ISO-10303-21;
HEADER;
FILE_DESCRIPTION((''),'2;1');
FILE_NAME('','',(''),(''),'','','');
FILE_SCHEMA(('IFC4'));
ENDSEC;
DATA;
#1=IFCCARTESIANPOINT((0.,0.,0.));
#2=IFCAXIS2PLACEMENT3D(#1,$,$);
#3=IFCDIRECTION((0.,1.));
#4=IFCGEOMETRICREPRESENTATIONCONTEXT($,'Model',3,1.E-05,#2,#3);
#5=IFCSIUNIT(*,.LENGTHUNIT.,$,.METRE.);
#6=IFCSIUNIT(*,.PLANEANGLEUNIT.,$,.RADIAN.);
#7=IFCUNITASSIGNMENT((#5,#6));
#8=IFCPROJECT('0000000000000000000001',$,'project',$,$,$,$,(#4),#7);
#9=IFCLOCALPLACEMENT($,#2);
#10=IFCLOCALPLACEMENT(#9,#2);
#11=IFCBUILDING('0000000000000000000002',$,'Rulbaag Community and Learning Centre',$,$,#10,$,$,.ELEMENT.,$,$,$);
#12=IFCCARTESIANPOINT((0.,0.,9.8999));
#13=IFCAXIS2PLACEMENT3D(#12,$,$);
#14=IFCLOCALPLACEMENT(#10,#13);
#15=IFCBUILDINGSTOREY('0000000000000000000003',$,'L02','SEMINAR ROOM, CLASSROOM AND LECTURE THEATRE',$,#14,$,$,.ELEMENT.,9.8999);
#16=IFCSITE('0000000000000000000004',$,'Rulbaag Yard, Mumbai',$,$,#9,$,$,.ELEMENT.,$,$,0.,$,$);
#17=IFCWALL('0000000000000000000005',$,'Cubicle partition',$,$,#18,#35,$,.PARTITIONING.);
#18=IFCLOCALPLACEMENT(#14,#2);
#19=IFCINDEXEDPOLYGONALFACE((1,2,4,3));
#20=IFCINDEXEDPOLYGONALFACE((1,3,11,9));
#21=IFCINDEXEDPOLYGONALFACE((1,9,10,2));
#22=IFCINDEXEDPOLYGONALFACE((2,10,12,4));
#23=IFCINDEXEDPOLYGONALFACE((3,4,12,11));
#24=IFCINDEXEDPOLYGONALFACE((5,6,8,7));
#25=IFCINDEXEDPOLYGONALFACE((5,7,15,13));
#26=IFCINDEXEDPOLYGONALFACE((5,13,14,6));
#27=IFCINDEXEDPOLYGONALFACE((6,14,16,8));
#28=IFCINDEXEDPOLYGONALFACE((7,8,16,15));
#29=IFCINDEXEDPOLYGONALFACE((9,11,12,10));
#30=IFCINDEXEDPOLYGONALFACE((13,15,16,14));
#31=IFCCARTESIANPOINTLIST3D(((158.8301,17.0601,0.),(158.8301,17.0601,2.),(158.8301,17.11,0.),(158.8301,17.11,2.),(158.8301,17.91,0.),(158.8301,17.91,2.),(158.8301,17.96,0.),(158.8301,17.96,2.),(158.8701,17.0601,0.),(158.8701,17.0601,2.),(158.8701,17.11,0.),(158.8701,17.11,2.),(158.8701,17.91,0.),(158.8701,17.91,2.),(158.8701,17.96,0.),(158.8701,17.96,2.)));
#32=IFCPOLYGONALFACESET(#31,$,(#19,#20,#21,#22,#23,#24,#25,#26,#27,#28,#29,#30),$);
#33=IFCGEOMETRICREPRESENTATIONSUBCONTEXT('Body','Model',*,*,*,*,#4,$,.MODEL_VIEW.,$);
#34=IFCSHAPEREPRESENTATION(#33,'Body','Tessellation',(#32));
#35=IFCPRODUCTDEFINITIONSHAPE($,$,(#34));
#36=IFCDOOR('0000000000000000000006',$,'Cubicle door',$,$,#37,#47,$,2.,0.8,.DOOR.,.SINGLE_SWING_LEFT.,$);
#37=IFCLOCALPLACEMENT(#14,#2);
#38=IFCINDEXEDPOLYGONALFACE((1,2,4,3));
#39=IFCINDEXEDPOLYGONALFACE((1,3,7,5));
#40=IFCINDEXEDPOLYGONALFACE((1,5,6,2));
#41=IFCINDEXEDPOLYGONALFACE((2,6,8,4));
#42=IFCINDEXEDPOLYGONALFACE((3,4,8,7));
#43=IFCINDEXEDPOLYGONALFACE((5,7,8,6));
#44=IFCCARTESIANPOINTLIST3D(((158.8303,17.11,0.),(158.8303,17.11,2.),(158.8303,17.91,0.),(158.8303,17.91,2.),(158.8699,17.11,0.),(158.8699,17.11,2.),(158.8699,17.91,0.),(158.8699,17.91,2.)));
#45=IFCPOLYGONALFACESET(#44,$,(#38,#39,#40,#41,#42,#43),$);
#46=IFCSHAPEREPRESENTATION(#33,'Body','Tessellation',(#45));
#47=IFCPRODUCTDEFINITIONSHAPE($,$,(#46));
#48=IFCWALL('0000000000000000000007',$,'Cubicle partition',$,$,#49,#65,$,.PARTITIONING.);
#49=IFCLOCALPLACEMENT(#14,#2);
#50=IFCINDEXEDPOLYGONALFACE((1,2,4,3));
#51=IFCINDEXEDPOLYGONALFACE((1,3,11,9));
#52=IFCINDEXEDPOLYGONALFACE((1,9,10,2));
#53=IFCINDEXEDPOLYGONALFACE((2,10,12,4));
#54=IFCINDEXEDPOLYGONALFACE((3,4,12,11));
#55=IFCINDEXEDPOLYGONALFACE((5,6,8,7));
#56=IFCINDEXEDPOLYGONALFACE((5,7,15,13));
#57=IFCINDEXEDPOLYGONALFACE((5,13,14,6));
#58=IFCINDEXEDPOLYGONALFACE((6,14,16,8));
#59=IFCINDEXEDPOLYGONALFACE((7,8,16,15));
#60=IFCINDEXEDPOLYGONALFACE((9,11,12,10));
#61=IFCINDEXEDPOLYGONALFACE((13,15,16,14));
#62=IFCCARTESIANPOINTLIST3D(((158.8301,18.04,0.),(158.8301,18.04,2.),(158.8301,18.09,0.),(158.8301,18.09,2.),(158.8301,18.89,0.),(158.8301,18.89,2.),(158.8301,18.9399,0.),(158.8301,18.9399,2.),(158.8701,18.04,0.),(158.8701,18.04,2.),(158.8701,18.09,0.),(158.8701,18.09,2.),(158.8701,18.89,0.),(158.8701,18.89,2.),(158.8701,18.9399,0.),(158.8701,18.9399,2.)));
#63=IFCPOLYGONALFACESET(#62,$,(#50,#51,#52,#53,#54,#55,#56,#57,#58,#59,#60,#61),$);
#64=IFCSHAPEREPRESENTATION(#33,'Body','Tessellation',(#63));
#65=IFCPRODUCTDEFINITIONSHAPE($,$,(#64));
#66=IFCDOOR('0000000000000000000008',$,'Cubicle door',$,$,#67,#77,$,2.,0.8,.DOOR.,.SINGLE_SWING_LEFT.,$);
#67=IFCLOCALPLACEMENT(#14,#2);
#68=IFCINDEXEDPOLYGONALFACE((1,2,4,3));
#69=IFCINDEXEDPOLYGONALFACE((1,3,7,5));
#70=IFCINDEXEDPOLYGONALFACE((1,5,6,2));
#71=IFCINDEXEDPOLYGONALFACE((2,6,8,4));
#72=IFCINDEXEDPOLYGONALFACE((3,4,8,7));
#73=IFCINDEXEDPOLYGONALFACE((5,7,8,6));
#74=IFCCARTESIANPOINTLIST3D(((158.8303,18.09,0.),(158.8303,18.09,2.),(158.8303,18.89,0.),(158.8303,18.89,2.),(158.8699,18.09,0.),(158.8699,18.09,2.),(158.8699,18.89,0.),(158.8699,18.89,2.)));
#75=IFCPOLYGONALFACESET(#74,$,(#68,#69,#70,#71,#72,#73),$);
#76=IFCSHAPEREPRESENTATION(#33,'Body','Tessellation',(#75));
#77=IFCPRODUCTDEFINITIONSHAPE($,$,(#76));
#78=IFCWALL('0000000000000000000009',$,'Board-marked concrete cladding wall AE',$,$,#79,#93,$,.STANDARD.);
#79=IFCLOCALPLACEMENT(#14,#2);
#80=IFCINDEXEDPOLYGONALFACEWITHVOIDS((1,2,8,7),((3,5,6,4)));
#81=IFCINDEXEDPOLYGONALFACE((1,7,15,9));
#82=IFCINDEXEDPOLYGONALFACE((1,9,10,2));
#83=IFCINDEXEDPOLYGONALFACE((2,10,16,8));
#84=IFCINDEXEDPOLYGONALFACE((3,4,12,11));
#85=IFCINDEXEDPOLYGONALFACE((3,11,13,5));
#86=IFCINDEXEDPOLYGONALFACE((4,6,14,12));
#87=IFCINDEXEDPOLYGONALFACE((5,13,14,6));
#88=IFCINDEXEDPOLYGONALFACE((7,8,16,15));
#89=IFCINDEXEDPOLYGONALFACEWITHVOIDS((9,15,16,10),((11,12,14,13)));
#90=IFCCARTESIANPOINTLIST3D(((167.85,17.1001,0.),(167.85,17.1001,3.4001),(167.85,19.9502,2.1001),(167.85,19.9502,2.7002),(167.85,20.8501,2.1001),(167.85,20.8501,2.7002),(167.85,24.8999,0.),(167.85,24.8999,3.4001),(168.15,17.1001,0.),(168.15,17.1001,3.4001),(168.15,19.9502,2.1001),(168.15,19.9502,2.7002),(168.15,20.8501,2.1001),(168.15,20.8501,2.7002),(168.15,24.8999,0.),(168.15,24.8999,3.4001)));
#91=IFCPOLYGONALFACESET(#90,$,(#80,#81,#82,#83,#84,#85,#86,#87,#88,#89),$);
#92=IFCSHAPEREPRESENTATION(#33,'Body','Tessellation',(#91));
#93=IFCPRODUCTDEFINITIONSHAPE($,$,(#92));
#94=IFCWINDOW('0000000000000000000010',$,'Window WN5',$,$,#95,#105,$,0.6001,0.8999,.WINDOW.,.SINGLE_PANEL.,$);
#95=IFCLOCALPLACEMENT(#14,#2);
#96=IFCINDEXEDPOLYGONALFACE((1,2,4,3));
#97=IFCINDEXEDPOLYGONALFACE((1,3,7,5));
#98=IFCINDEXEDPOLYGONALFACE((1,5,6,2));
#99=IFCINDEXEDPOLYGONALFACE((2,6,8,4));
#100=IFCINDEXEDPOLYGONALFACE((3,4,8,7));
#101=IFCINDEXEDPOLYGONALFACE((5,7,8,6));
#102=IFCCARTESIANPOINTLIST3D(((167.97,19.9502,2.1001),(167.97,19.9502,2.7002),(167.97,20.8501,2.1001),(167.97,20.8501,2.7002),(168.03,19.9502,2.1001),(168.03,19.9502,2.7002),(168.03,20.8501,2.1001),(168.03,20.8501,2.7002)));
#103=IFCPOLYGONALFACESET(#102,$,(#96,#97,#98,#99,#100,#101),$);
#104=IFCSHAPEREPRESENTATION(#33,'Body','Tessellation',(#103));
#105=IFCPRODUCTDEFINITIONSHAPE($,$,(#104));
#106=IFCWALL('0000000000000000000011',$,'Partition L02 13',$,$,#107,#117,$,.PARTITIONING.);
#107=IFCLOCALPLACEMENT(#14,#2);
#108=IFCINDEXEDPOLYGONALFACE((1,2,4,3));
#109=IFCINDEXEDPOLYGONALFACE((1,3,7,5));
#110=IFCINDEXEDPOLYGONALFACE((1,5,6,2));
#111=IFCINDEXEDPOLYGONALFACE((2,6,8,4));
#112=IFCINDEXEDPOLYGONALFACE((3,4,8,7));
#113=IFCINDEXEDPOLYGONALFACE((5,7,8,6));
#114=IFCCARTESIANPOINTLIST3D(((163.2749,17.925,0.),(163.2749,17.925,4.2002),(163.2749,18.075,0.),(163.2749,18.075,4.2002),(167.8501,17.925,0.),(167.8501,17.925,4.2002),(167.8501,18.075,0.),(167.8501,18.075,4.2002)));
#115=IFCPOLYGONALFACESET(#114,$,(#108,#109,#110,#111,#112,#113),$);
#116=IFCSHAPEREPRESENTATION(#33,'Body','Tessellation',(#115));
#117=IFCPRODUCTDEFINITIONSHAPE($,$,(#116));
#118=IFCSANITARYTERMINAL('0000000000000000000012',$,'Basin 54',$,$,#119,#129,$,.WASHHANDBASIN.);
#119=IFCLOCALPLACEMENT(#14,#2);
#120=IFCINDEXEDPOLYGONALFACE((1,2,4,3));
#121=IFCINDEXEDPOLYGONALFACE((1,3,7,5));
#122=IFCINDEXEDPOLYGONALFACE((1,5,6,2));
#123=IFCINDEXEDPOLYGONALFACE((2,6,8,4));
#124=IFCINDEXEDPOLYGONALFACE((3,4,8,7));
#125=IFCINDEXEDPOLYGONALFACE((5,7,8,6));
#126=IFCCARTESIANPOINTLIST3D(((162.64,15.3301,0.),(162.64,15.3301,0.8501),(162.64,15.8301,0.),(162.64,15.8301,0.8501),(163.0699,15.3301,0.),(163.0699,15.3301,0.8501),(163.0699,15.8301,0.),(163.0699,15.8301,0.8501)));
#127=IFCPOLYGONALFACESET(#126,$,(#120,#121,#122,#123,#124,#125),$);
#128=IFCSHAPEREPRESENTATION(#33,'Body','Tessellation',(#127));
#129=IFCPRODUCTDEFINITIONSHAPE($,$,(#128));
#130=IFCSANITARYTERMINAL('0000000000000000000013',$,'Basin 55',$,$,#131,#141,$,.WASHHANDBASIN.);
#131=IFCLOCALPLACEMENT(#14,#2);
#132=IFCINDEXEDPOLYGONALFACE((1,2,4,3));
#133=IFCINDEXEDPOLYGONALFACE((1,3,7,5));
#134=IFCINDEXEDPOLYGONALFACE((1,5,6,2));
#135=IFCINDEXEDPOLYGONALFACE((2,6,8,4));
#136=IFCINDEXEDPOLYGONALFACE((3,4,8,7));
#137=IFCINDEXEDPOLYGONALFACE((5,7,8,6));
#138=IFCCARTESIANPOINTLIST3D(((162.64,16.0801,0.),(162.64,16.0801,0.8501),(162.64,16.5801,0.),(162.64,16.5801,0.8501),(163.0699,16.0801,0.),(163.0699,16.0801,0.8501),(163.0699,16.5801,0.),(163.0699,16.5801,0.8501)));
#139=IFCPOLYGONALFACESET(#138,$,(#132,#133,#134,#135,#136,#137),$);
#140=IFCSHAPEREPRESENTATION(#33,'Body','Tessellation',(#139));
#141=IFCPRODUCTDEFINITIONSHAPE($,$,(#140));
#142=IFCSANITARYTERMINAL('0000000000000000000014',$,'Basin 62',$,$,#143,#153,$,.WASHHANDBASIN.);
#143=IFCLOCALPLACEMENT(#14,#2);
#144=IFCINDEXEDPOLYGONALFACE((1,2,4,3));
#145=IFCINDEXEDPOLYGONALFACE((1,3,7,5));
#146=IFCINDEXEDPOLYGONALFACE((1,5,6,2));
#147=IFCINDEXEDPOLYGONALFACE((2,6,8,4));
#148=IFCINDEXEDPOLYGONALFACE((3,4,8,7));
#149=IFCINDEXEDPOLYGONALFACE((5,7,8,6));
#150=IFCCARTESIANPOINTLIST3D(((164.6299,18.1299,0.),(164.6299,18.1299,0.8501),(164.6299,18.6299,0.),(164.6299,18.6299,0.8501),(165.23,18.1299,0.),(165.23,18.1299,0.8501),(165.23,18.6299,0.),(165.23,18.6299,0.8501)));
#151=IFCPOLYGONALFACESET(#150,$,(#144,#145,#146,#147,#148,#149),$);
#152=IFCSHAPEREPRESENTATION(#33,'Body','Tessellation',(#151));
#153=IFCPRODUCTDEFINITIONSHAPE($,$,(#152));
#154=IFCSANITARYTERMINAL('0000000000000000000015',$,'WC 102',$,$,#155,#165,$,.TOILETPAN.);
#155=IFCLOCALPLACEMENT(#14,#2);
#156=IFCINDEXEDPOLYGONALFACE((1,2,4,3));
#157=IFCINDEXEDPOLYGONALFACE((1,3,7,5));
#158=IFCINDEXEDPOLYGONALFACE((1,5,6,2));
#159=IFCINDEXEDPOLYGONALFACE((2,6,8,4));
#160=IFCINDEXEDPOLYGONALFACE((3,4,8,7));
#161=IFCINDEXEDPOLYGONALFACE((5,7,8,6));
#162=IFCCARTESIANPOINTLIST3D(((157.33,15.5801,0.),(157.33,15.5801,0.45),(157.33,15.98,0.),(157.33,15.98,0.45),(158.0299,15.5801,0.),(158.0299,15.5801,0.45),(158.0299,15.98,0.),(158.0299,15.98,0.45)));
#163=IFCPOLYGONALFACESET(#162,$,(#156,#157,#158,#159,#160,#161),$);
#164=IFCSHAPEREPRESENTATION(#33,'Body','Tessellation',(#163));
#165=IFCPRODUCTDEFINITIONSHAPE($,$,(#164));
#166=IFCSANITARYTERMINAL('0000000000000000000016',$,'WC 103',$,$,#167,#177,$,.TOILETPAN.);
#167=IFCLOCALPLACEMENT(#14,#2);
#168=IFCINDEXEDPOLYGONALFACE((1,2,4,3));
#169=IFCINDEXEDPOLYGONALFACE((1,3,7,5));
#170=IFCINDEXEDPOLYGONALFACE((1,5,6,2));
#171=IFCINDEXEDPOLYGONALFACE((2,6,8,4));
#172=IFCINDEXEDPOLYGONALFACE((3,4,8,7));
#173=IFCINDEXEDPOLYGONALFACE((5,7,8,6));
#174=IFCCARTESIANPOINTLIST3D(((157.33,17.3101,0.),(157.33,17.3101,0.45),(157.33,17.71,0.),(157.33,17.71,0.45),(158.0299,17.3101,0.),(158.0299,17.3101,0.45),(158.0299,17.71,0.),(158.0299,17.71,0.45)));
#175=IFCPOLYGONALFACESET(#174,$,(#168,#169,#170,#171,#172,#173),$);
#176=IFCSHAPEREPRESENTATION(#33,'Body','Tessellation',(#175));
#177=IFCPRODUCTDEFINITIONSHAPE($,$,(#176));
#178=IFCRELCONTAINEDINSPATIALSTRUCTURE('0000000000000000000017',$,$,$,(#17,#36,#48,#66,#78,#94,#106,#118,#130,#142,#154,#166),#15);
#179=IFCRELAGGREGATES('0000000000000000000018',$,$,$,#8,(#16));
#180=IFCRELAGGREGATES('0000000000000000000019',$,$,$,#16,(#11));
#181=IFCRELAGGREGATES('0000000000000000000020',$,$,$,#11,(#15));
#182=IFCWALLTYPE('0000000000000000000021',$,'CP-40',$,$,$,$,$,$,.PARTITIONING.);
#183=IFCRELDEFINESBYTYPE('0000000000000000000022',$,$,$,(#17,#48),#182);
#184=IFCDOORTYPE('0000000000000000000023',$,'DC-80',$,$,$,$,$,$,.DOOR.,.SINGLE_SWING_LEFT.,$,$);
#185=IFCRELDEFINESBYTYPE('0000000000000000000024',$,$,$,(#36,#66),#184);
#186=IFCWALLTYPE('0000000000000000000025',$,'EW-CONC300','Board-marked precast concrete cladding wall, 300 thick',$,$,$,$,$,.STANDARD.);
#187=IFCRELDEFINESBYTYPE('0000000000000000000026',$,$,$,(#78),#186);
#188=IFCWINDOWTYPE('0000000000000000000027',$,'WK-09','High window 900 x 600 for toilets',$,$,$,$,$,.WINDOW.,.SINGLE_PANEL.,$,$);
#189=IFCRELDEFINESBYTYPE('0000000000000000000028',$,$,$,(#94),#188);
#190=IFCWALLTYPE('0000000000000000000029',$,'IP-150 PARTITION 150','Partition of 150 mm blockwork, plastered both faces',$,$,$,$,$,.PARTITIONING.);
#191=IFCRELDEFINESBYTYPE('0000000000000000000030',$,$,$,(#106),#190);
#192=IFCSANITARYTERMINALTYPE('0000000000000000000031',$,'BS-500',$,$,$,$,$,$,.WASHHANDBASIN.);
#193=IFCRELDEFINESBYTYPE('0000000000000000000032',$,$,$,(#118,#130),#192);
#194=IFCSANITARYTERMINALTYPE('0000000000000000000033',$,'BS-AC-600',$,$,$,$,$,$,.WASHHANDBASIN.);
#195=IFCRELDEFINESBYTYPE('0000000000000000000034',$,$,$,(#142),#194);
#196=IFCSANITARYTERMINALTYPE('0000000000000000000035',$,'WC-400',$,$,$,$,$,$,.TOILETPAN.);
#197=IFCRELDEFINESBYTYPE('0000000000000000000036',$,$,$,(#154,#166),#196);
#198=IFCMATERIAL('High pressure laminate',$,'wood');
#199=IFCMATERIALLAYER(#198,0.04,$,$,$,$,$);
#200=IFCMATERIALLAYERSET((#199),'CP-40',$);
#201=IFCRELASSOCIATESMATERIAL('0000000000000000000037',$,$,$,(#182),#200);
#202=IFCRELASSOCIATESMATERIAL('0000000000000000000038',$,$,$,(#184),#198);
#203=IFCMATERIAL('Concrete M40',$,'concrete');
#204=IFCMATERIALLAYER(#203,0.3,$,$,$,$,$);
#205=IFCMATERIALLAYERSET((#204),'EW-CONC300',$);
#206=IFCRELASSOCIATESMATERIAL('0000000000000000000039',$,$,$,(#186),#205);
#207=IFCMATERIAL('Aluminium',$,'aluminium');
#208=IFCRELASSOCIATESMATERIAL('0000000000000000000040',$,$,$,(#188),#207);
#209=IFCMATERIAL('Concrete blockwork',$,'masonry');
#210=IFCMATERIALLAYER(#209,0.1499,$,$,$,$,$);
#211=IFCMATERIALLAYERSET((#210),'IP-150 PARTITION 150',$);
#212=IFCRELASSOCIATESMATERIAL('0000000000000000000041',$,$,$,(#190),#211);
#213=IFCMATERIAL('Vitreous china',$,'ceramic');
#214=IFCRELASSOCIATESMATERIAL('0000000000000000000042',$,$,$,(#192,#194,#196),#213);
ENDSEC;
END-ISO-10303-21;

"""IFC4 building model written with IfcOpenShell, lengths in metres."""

from ifc_helpers import new_model, si_unit, direction, frame, frame_2d, origin, origin_2d, place, context, subcontext, project, spatial, rectangle, extrude, material, layer, layer_set, type_object, element, fill, save


model = new_model("IFC4")

# Units and contexts
model_context = context("Model", 3, precision=1e-05, world=origin(), true_north=direction((0.0, 1.0)))
body_context = subcontext(model_context, "Body", "Model", "MODEL_VIEW")
ifc_project = project(units=[si_unit("LENGTHUNIT", "METRE"), si_unit("PLANEANGLEUNIT", "RADIAN")], contexts=[model_context])

# Site, building, storey
site_placement = place(None, origin())
site = spatial("IfcSite", under=ifc_project, at=site_placement, Name="Rulbaag Yard, Mumbai", CompositionType="ELEMENT", RefElevation=0.0)
building_placement = place(site_placement, origin())
building = spatial("IfcBuilding", under=site, at=building_placement, Name="Rulbaag Community and Learning Centre", CompositionType="ELEMENT")
storey_placement = place(building_placement, frame((0.0, 0.0, 9.8999)))
storey = spatial("IfcBuildingStorey", under=building, at=storey_placement, Name="L02", Description="SEMINAR ROOM, CLASSROOM AND LECTURE THEATRE", CompositionType="ELEMENT", Elevation=9.8999)

# Shared definitions
ifc_material_1 = material(Name="Concrete M40", Category="concrete")

# Shared definitions
ifc_material_2 = material(Name="Aluminium", Category="aluminium")

# Walls, openings, doors
ifc_material_3 = material(Name="High pressure laminate", Category="wood")
ifc_layer_1 = layer(ifc_material_3, 0.04)
ifc_layer_set_1 = layer_set([ifc_layer_1], Name="CP-40")
wall_type_1 = type_object("IfcWallType", Name="CP-40", PredefinedType="PARTITIONING", material=ifc_layer_set_1)
door_type = type_object("IfcDoorType", Name="DC-80", OperationType="SINGLE_SWING_LEFT", PredefinedType="DOOR", material=ifc_material_3)
wall_1_placement = place(storey_placement, frame((158.8501, 17.0601, 0.0), z_axis=(0.0, 0.0, 1.0), x_axis=(0.0, 1.0, 0.0)))
wall_1 = element("IfcWall", 1, at=wall_1_placement, inside=storey, type_object=wall_type_1, Name="Cubicle partition", PredefinedType="PARTITIONING", context=body_context, shape_type="SweptSolid", body=[
    extrude(rectangle(XDim=0.8999, YDim=0.04, at=frame_2d((0.45, 0.0))), origin(), (0.0, 0.0, 1.0), 2.0),
])
opening_1_placement = place(wall_1_placement, frame((0.05, 0.0, 0.0)))
opening_1 = element("IfcOpeningElement", 2, at=opening_1_placement, cuts=wall_1, PredefinedType="OPENING", context=body_context, shape_type="SweptSolid", body=[
    extrude(rectangle(XDim=0.8, YDim=2.0, at=frame_2d((0.3999, 1.0))), frame((0.0, 0.03, 0.0), z_axis=(0.0, -1.0, 0.0), x_axis=(1.0, 0.0, 0.0)), (0.0, 0.0, 1.0), 0.0601),
])
door_1_placement = place(opening_1_placement, origin())
door_1 = element("IfcDoor", 3, at=door_1_placement, inside=storey, type_object=door_type, Name="Cubicle door", OperationType="SINGLE_SWING_LEFT", OverallHeight=2.0, OverallWidth=0.8, PredefinedType="DOOR", context=body_context, shape_type="SweptSolid", body=[
    extrude(rectangle(XDim=0.8, YDim=2.0, at=frame_2d((0.3999, 1.0))), frame((0.0, 0.0198, 0.0), z_axis=(0.0, -1.0, 0.0), x_axis=(1.0, 0.0, 0.0)), (0.0, 0.0, 1.0), 0.0396),
])
fill(opening_1, door_1)
wall_2_placement = place(storey_placement, frame((158.8501, 18.04, 0.0), z_axis=(0.0, 0.0, 1.0), x_axis=(0.0, 1.0, 0.0)))
wall_2 = element("IfcWall", 4, at=wall_2_placement, inside=storey, type_object=wall_type_1, Name="Cubicle partition", PredefinedType="PARTITIONING", context=body_context, shape_type="SweptSolid", body=[
    extrude(rectangle(XDim=0.8999, YDim=0.04, at=frame_2d((0.45, 0.0))), origin(), (0.0, 0.0, 1.0), 2.0),
])
opening_2_placement = place(wall_2_placement, frame((0.05, 0.0, 0.0)))
opening_2 = element("IfcOpeningElement", 5, at=opening_2_placement, cuts=wall_2, PredefinedType="OPENING", context=body_context, shape_type="SweptSolid", body=[
    extrude(rectangle(XDim=0.8, YDim=2.0, at=frame_2d((0.3999, 1.0))), frame((0.0, 0.03, 0.0), z_axis=(0.0, -1.0, 0.0), x_axis=(1.0, 0.0, 0.0)), (0.0, 0.0, 1.0), 0.0601),
])
door_2_placement = place(opening_2_placement, origin())
door_2 = element("IfcDoor", 6, at=door_2_placement, inside=storey, type_object=door_type, Name="Cubicle door", OperationType="SINGLE_SWING_LEFT", OverallHeight=2.0, OverallWidth=0.8, PredefinedType="DOOR", context=body_context, shape_type="SweptSolid", body=[
    extrude(rectangle(XDim=0.8, YDim=2.0, at=frame_2d((0.3999, 1.0))), frame((0.0, 0.0198, 0.0), z_axis=(0.0, -1.0, 0.0), x_axis=(1.0, 0.0, 0.0)), (0.0, 0.0, 1.0), 0.0396),
])
fill(opening_2, door_2)

# Wall, opening, window
ifc_layer_2 = layer(ifc_material_1, 0.3)
ifc_layer_set_2 = layer_set([ifc_layer_2], Name="EW-CONC300")
wall_type_2 = type_object("IfcWallType", Name="EW-CONC300", Description="Board-marked precast concrete cladding wall, 300 thick", PredefinedType="STANDARD", material=ifc_layer_set_2)
wall_3_placement = place(storey_placement, frame((168.0, 17.1001, 0.0), z_axis=(0.0, 0.0, 1.0), x_axis=(0.0, 1.0, 0.0)))
wall_3 = element("IfcWall", 7, at=wall_3_placement, inside=storey, type_object=wall_type_2, Name="Board-marked concrete cladding wall AE", PredefinedType="STANDARD", context=body_context, shape_type="SweptSolid", body=[
    extrude(rectangle(XDim=7.7998, YDim=0.3, at=frame_2d((3.8999, 0.0))), origin(), (0.0, 0.0, 1.0), 3.4001),
])
opening_3_placement = place(wall_3_placement, frame((2.8501, 0.0, 2.1001)))
opening_3 = element("IfcOpeningElement", 8, at=opening_3_placement, cuts=wall_3, PredefinedType="OPENING", context=body_context, shape_type="SweptSolid", body=[
    extrude(rectangle(XDim=0.8999, YDim=0.6001, at=frame_2d((0.45, 0.3))), frame((0.0, 0.1599, 0.0), z_axis=(0.0, -1.0, 0.0), x_axis=(1.0, 0.0, 0.0)), (0.0, 0.0, 1.0), 0.3201),
])
window_type = type_object("IfcWindowType", Name="WK-09", Description="High window 900 x 600 for toilets", PartitioningType="SINGLE_PANEL", PredefinedType="WINDOW", material=ifc_material_2)
window_placement = place(opening_3_placement, origin())
window = element("IfcWindow", 9, at=window_placement, inside=storey, type_object=window_type, Name="Window WN5", OverallHeight=0.6001, OverallWidth=0.8999, PartitioningType="SINGLE_PANEL", PredefinedType="WINDOW", context=body_context, shape_type="SweptSolid", body=[
    extrude(rectangle(XDim=0.8999, YDim=0.6001, at=frame_2d((0.45, 0.3))), frame((0.0, 0.03, 0.0), z_axis=(0.0, -1.0, 0.0), x_axis=(1.0, 0.0, 0.0)), (0.0, 0.0, 1.0), 0.0601),
])
fill(opening_3, window)

# Wall
ifc_material_4 = material(Name="Concrete blockwork", Category="masonry")
ifc_layer_3 = layer(ifc_material_4, 0.1499)
ifc_layer_set_3 = layer_set([ifc_layer_3], Name="IP-150 PARTITION 150")
wall_type_3 = type_object("IfcWallType", Name="IP-150 PARTITION 150", Description="Partition of 150 mm blockwork, plastered both faces", PredefinedType="PARTITIONING", material=ifc_layer_set_3)
wall_4_placement = place(storey_placement, frame((163.2749, 18.0, 0.0), z_axis=(0.0, 0.0, 1.0), x_axis=(1.0, 0.0, 0.0)))
element("IfcWall", 10, at=wall_4_placement, inside=storey, type_object=wall_type_3, Name="Partition L02 13", PredefinedType="PARTITIONING", context=body_context, shape_type="SweptSolid", body=[
    extrude(rectangle(XDim=4.5752, YDim=0.1499, at=frame_2d((2.2876, 0.0))), origin(), (0.0, 0.0, 1.0), 4.2002),
])

# Sanitary terminals
ifc_material_5 = material(Name="Vitreous china", Category="ceramic")
sanitary_terminal_type_1 = type_object("IfcSanitaryTerminalType", Name="BS-500", PredefinedType="WASHHANDBASIN", material=ifc_material_5)
for number, where, z_axis, x_axis, name in (
    (11, (162.855, 15.5801, 0.0), (0.0, 0.0, 1.0), (1.0, 0.0, 0.0), "Basin 54"),
    (12, (162.855, 16.3301, 0.0), (0.0, 0.0, 1.0), (1.0, 0.0, 0.0), "Basin 55"),
):
    element("IfcSanitaryTerminal", number, at=place(storey_placement, frame(where, z_axis=z_axis, x_axis=x_axis)), inside=storey, type_object=sanitary_terminal_type_1, Name=name, PredefinedType="WASHHANDBASIN", context=body_context, shape_type="SweptSolid", body=[
        extrude(rectangle(XDim=0.4299, YDim=0.5, at=origin_2d()), origin(), (0.0, 0.0, 1.0), 0.8501),
    ])
sanitary_terminal_type_2 = type_object("IfcSanitaryTerminalType", Name="BS-AC-600", PredefinedType="WASHHANDBASIN", material=ifc_material_5)
sanitary_terminal_1_placement = place(storey_placement, frame((164.9299, 18.3799, 0.0), z_axis=(0.0, 0.0, 1.0), x_axis=(1.0, 0.0, 0.0)))
element("IfcSanitaryTerminal", 13, at=sanitary_terminal_1_placement, inside=storey, type_object=sanitary_terminal_type_2, Name="Basin 62", PredefinedType="WASHHANDBASIN", context=body_context, shape_type="SweptSolid", body=[
    extrude(rectangle(XDim=0.6001, YDim=0.5, at=origin_2d()), origin(), (0.0, 0.0, 1.0), 0.8501),
])
sanitary_terminal_type_3 = type_object("IfcSanitaryTerminalType", Name="WC-400", PredefinedType="TOILETPAN", material=ifc_material_5)
for number, where, z_axis, x_axis, name in (
    (14, (157.6799, 15.78, 0.0), (0.0, 0.0, 1.0), (1.0, 0.0, 0.0), "WC 102"),
    (15, (157.6799, 17.51, 0.0), (0.0, 0.0, 1.0), (1.0, 0.0, 0.0), "WC 103"),
):
    element("IfcSanitaryTerminal", number, at=place(storey_placement, frame(where, z_axis=z_axis, x_axis=x_axis)), inside=storey, type_object=sanitary_terminal_type_3, Name=name, PredefinedType="TOILETPAN", context=body_context, shape_type="SweptSolid", body=[
        extrude(rectangle(XDim=0.7, YDim=0.3999, at=origin_2d()), origin(), (0.0, 0.0, 1.0), 0.45),
    ])

save(model, "model.ifc")
